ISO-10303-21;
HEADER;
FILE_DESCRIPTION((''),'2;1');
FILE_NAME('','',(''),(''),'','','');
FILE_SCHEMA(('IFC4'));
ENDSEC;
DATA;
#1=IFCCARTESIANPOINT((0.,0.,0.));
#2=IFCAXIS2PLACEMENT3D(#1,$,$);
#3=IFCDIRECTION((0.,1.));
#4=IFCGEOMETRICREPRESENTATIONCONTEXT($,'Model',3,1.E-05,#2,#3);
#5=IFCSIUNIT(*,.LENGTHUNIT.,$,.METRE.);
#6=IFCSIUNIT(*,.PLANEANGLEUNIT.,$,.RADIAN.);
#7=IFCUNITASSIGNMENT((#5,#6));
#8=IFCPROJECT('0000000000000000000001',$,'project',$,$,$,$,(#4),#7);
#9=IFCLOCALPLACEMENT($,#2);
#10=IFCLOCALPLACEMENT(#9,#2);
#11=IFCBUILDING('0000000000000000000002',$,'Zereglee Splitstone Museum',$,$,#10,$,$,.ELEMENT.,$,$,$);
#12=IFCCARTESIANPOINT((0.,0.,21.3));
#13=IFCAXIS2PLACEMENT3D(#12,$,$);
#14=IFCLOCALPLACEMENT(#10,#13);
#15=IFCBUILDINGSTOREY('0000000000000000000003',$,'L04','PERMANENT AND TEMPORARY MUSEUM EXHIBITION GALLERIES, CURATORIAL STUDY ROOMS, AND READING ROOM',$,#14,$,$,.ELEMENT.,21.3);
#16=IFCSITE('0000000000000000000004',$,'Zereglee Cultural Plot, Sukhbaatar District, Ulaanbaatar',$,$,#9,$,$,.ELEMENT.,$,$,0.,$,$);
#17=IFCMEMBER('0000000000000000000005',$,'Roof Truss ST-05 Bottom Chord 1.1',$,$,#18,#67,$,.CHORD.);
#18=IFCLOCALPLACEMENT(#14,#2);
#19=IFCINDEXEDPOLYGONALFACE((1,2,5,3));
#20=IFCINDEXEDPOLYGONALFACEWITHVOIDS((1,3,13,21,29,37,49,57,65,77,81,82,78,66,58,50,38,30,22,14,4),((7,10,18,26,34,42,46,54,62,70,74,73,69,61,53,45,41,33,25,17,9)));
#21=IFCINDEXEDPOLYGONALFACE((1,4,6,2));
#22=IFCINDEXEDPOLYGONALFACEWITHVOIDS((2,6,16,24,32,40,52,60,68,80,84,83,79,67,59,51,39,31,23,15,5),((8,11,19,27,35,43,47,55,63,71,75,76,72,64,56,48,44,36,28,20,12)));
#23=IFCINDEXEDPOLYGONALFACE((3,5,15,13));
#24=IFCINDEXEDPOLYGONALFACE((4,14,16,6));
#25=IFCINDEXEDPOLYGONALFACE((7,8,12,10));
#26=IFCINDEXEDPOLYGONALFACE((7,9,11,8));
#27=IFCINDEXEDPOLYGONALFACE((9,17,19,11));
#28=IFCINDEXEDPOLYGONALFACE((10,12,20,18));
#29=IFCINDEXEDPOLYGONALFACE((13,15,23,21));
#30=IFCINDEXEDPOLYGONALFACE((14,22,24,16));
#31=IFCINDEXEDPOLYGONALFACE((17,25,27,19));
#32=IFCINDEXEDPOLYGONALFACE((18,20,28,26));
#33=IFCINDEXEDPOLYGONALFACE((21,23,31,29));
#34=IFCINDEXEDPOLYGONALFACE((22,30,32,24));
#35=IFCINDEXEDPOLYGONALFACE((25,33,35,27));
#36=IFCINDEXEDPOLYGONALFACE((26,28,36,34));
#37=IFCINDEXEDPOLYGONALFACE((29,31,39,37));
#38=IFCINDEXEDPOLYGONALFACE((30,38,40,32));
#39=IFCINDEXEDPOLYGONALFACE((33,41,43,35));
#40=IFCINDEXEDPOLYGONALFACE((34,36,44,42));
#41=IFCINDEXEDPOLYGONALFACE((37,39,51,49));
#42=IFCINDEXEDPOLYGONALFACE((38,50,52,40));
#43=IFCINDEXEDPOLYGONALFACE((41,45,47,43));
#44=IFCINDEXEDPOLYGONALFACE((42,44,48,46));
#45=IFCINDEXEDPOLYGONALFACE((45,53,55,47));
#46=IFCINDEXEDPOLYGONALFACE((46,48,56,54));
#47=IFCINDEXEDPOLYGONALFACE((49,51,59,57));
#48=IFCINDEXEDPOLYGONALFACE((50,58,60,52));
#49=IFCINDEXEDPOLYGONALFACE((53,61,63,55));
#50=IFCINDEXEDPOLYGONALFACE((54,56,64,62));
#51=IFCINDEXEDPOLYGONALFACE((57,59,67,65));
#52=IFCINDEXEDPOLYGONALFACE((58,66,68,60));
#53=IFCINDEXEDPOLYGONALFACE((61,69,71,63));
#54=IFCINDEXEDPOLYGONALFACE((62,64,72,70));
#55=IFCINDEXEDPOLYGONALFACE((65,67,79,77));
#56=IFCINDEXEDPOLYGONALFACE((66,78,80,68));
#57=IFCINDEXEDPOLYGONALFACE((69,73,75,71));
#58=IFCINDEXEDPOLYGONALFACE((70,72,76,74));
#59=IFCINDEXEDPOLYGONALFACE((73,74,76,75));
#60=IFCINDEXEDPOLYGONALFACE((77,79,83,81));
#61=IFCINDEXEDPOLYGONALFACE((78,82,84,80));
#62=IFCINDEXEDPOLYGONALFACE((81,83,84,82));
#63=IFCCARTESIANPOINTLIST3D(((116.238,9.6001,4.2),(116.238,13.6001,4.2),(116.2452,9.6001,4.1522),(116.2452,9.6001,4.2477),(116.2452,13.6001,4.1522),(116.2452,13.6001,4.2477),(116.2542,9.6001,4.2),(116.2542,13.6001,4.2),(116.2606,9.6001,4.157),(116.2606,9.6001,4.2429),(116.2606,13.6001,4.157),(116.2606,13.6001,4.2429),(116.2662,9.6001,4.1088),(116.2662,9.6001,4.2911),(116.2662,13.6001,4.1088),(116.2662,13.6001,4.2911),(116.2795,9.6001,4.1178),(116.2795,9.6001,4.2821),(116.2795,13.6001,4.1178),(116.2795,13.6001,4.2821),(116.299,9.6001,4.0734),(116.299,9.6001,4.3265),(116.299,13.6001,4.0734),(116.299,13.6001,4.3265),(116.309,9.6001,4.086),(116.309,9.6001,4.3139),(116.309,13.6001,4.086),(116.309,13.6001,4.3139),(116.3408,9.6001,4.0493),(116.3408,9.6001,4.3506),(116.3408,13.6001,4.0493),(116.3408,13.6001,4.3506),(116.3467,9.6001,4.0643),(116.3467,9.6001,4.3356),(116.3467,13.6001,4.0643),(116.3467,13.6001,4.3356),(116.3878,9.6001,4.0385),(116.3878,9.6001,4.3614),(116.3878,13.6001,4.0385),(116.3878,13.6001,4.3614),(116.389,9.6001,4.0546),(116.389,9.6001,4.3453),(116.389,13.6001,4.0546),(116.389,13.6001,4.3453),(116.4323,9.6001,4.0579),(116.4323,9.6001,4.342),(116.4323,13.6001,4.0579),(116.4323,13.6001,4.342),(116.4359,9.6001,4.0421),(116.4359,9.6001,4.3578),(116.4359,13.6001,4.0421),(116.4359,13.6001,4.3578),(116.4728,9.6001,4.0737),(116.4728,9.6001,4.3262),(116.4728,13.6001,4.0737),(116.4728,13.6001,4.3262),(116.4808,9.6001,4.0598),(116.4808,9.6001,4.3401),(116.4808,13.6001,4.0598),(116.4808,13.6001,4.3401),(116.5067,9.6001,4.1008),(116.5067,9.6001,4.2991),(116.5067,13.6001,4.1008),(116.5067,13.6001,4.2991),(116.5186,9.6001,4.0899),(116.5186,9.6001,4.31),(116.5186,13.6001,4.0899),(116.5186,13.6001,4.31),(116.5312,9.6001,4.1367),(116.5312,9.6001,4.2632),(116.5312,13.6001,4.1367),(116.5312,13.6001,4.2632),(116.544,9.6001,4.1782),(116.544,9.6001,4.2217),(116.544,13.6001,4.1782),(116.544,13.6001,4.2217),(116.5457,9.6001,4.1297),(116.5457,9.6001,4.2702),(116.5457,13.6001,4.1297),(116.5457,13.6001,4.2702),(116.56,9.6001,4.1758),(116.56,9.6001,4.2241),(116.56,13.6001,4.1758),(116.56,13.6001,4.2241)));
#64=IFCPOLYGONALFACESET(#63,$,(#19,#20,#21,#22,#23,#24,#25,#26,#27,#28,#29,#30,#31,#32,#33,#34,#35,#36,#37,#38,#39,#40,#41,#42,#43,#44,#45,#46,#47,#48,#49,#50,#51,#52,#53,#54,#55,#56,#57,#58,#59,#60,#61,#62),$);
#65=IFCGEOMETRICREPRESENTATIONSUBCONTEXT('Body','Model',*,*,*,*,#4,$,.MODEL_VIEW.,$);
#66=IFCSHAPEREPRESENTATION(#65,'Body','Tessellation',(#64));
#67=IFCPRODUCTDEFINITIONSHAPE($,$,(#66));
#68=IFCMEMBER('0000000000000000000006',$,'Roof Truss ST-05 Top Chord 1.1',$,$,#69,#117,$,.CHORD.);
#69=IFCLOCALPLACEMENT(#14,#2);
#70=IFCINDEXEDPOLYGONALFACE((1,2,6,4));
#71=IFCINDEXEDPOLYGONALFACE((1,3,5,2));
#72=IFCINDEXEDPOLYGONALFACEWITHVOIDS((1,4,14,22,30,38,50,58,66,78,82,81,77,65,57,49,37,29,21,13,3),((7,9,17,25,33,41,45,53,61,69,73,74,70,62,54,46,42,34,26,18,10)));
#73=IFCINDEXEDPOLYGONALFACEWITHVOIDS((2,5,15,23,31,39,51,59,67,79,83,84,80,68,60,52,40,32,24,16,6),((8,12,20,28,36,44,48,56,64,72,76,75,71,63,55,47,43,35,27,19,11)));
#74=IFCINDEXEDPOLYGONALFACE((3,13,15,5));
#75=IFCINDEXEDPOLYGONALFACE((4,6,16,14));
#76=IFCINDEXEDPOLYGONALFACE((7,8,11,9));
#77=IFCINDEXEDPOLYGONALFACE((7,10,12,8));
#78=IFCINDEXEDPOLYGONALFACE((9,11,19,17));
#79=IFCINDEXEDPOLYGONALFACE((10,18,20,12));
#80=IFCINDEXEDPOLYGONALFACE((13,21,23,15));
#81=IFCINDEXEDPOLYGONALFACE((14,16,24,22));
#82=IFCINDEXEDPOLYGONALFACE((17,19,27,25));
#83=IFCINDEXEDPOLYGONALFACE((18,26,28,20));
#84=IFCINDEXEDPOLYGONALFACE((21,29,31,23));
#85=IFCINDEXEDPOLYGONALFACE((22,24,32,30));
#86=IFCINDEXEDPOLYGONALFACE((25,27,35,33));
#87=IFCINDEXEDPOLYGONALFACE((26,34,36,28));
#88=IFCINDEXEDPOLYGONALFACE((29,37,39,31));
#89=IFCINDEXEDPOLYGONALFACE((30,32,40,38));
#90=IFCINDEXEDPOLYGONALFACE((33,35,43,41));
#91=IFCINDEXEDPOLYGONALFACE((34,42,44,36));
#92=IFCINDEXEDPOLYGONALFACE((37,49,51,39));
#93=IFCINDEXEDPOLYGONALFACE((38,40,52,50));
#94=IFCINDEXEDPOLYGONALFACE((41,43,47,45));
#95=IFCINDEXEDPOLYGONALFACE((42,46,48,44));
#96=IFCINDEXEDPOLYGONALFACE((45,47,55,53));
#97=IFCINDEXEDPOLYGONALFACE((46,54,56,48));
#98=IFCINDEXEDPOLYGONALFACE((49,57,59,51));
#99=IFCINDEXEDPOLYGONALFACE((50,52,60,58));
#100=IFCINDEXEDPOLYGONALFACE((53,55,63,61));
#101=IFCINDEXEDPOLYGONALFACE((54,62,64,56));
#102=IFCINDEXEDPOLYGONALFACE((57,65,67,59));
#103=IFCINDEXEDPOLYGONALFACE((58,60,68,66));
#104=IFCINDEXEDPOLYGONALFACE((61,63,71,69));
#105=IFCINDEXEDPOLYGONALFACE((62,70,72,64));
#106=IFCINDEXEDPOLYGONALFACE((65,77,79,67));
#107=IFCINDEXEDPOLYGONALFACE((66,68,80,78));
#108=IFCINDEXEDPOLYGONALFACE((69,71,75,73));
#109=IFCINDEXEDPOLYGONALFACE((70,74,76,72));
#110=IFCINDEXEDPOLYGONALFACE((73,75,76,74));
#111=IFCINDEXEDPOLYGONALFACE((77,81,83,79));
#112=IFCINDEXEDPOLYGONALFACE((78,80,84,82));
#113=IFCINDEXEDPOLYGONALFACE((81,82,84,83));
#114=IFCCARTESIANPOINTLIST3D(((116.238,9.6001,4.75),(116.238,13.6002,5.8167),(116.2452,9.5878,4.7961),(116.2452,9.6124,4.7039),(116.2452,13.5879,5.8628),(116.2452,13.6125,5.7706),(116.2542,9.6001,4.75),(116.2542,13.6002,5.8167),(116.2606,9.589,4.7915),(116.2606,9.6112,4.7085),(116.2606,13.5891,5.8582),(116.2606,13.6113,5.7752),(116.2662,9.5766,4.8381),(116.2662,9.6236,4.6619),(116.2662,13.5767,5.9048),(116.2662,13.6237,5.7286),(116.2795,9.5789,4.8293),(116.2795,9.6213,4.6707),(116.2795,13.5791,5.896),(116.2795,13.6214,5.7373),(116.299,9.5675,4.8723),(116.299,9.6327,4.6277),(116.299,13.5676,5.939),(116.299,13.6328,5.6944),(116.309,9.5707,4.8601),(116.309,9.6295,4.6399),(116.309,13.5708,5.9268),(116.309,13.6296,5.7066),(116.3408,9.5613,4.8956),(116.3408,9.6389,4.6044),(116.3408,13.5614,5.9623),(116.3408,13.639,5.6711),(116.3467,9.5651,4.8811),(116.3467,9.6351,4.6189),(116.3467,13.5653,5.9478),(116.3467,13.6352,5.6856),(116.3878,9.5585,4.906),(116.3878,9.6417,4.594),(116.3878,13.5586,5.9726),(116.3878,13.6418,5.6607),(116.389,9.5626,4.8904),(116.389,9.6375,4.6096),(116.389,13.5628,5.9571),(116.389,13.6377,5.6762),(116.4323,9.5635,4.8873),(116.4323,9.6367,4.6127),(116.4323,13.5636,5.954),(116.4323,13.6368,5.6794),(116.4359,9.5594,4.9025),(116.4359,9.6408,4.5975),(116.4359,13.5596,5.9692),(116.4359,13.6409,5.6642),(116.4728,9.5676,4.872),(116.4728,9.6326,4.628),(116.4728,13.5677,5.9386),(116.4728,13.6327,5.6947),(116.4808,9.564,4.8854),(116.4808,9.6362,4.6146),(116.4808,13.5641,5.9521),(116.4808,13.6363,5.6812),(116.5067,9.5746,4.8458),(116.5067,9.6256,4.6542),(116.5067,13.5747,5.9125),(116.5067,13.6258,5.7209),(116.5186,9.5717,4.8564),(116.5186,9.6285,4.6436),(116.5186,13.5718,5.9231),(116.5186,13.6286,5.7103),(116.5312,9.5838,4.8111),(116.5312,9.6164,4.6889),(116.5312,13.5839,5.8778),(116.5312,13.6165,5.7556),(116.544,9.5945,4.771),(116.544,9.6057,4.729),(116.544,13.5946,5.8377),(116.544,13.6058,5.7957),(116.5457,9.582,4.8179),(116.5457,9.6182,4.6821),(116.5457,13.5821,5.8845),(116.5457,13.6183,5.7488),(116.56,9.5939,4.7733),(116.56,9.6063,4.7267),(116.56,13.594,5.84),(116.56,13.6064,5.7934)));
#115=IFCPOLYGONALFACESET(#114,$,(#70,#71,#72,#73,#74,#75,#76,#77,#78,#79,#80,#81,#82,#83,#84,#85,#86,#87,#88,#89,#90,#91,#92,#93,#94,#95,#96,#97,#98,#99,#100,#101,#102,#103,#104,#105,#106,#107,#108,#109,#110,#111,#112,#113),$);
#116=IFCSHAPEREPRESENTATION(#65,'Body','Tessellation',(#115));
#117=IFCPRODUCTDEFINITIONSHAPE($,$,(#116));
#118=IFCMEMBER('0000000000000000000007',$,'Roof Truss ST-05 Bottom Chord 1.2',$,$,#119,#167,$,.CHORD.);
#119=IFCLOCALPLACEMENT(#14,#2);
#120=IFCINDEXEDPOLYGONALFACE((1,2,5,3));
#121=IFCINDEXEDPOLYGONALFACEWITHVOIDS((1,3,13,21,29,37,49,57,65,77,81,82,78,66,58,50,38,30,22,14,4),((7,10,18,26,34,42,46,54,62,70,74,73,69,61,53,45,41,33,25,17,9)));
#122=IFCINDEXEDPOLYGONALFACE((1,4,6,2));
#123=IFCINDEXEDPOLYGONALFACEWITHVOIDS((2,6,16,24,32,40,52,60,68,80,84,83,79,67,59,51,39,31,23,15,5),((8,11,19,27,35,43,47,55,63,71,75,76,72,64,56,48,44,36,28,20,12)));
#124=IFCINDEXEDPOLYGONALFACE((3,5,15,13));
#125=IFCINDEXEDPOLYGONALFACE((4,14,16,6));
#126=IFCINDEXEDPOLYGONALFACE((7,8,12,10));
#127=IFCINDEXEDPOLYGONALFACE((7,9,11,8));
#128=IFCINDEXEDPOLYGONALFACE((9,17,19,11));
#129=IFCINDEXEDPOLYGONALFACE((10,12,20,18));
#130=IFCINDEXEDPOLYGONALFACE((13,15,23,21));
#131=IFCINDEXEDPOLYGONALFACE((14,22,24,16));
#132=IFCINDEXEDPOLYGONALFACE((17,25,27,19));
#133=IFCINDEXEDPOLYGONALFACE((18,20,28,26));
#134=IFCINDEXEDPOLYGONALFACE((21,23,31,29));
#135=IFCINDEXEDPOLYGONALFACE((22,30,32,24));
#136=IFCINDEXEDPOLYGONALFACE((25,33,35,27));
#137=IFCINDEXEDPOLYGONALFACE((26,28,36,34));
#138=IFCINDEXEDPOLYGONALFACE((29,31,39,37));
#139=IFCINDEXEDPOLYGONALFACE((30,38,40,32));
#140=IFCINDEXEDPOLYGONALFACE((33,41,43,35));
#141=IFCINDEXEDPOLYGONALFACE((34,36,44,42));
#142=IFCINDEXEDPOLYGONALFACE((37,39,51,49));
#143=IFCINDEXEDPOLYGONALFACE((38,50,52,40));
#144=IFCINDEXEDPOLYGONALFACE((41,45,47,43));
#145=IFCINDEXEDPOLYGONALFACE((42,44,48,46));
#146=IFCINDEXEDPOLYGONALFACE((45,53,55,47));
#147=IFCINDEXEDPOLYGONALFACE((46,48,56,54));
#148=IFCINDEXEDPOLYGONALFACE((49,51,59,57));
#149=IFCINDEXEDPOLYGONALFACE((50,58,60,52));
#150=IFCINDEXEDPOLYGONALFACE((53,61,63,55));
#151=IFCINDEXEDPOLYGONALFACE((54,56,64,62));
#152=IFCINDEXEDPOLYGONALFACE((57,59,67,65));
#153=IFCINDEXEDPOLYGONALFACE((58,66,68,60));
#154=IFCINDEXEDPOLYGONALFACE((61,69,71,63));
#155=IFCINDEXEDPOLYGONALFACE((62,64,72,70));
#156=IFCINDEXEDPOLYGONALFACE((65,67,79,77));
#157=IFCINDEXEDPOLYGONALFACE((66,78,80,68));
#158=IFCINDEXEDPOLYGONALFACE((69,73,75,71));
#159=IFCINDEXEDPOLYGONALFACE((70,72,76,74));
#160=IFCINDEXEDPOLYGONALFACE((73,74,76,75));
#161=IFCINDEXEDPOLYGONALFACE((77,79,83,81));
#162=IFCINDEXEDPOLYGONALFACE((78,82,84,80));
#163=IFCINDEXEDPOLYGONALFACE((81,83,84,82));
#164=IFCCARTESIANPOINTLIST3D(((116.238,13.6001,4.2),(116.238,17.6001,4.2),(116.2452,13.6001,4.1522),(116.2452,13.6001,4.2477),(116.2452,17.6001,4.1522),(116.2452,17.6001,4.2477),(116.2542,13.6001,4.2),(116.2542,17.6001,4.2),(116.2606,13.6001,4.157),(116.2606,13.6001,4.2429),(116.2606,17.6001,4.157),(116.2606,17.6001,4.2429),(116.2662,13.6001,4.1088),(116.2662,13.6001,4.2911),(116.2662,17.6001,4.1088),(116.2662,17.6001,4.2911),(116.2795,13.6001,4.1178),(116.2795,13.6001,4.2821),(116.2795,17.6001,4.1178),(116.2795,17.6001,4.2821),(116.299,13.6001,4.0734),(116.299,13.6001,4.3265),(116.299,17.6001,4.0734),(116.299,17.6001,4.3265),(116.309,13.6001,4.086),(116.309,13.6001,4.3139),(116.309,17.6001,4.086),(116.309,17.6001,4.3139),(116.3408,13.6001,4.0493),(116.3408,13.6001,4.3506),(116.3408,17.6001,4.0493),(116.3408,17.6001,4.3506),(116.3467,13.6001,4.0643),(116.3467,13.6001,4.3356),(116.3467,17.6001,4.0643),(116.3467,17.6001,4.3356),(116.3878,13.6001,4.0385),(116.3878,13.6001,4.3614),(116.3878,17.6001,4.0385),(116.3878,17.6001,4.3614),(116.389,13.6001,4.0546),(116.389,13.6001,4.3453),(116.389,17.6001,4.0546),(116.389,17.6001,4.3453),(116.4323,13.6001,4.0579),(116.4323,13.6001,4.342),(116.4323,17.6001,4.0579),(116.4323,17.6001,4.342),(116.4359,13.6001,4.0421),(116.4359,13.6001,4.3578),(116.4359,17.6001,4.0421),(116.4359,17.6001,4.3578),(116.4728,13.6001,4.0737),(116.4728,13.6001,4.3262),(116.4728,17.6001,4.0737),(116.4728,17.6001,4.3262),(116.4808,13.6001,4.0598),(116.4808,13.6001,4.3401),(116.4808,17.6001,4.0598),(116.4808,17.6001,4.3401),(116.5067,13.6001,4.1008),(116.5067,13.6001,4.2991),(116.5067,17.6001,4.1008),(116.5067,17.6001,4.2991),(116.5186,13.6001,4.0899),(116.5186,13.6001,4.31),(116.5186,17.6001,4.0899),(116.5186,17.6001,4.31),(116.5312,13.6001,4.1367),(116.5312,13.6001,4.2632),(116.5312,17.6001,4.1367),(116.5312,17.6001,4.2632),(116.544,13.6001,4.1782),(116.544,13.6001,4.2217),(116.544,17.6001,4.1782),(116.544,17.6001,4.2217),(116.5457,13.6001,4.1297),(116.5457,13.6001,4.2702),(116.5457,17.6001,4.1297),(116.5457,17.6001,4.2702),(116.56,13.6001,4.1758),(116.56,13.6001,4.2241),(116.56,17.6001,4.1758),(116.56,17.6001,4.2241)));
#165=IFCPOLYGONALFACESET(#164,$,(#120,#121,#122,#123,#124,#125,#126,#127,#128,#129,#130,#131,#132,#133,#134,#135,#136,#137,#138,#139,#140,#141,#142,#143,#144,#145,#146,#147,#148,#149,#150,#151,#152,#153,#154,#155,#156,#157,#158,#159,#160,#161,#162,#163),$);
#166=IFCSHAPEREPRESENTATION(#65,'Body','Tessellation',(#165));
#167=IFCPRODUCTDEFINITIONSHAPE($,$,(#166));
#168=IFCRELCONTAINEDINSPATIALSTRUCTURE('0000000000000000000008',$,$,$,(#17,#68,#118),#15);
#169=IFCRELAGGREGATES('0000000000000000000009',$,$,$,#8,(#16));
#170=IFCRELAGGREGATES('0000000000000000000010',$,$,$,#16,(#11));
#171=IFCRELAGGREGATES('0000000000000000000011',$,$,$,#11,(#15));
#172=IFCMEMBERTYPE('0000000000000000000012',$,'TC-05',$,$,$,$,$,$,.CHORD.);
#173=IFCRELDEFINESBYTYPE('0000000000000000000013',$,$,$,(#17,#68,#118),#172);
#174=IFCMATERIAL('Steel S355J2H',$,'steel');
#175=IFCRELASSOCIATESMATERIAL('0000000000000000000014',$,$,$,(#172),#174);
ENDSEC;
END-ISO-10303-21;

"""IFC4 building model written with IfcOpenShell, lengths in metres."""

from ifc_helpers import new_model, si_unit, direction, frame, origin, origin_2d, place, context, subcontext, project, spatial, hollow_circle, extrude, material, material_profile, profile_set, type_object, element, save


model = new_model("IFC4")

# Units and contexts
model_context = context("Model", 3, precision=1e-05, world=origin(), true_north=direction((0.0, 1.0)))
body_context = subcontext(model_context, "Body", "Model", "MODEL_VIEW")
ifc_project = project(units=[si_unit("LENGTHUNIT", "METRE"), si_unit("PLANEANGLEUNIT", "RADIAN")], contexts=[model_context])

# Site, building, storey
site_placement = place(None, origin())
site = spatial("IfcSite", under=ifc_project, at=site_placement, Name="Zereglee Cultural Plot, Sukhbaatar District, Ulaanbaatar", CompositionType="ELEMENT", RefElevation=0.0)
building_placement = place(site_placement, origin())
building = spatial("IfcBuilding", under=site, at=building_placement, Name="Zereglee Splitstone Museum", CompositionType="ELEMENT")
storey_placement = place(building_placement, frame((0.0, 0.0, 21.3)))
storey = spatial("IfcBuildingStorey", under=building, at=storey_placement, Name="L04", Description="PERMANENT AND TEMPORARY MUSEUM EXHIBITION GALLERIES, CURATORIAL STUDY ROOMS, AND READING ROOM", CompositionType="ELEMENT", Elevation=21.3)

# Members
ifc_material_1 = material(Name="Steel S355J2H", Category="steel")
ifc_material_profile_1 = material_profile(ifc_material_1, hollow_circle(Radius=0.1619, WallThickness=0.0161, at=origin_2d()), Name="CHS 323.9x16")
ifc_profile_set_1 = profile_set([ifc_material_profile_1], Name="Steel S355J2H")
member_type_1 = type_object("IfcMemberType", Name="TC-05", PredefinedType="CHORD", material=ifc_profile_set_1)
member_1_placement = place(storey_placement, frame((116.3999, 9.6001, 4.2), z_axis=(0.0, 1.0, 0.0), x_axis=(-1.0, 0.0, 0.0)))
element("IfcMember", 1, at=member_1_placement, inside=storey, type_object=member_type_1, Name="Roof Truss ST-05 Bottom Chord 1.1", PredefinedType="CHORD", context=body_context, shape_type="SweptSolid", body=[
    extrude(hollow_circle(Radius=0.1619, WallThickness=0.0161, at=origin_2d()), origin(), (0.0, 0.0, 1.0), 4.0),
])
member_2_placement = place(storey_placement, frame((116.3999, 9.6001, 4.75), z_axis=(0.0, 0.966236, 0.257659), x_axis=(-1.0, 0.0, 0.0)))
element("IfcMember", 2, at=member_2_placement, inside=storey, type_object=member_type_1, Name="Roof Truss ST-05 Top Chord 1.1", PredefinedType="CHORD", context=body_context, shape_type="SweptSolid", body=[
    extrude(hollow_circle(Radius=0.1619, WallThickness=0.0161, at=origin_2d()), origin(), (0.0, 0.0, 1.0), 4.1399),
])
member_3_placement = place(storey_placement, frame((116.3999, 13.6001, 4.2), z_axis=(0.0, 1.0, 0.0), x_axis=(-1.0, 0.0, 0.0)))
element("IfcMember", 3, at=member_3_placement, inside=storey, type_object=member_type_1, Name="Roof Truss ST-05 Bottom Chord 1.2", PredefinedType="CHORD", context=body_context, shape_type="SweptSolid", body=[
    extrude(hollow_circle(Radius=0.1619, WallThickness=0.0161, at=origin_2d()), origin(), (0.0, 0.0, 1.0), 4.0),
])

save(model, "model.ifc")
